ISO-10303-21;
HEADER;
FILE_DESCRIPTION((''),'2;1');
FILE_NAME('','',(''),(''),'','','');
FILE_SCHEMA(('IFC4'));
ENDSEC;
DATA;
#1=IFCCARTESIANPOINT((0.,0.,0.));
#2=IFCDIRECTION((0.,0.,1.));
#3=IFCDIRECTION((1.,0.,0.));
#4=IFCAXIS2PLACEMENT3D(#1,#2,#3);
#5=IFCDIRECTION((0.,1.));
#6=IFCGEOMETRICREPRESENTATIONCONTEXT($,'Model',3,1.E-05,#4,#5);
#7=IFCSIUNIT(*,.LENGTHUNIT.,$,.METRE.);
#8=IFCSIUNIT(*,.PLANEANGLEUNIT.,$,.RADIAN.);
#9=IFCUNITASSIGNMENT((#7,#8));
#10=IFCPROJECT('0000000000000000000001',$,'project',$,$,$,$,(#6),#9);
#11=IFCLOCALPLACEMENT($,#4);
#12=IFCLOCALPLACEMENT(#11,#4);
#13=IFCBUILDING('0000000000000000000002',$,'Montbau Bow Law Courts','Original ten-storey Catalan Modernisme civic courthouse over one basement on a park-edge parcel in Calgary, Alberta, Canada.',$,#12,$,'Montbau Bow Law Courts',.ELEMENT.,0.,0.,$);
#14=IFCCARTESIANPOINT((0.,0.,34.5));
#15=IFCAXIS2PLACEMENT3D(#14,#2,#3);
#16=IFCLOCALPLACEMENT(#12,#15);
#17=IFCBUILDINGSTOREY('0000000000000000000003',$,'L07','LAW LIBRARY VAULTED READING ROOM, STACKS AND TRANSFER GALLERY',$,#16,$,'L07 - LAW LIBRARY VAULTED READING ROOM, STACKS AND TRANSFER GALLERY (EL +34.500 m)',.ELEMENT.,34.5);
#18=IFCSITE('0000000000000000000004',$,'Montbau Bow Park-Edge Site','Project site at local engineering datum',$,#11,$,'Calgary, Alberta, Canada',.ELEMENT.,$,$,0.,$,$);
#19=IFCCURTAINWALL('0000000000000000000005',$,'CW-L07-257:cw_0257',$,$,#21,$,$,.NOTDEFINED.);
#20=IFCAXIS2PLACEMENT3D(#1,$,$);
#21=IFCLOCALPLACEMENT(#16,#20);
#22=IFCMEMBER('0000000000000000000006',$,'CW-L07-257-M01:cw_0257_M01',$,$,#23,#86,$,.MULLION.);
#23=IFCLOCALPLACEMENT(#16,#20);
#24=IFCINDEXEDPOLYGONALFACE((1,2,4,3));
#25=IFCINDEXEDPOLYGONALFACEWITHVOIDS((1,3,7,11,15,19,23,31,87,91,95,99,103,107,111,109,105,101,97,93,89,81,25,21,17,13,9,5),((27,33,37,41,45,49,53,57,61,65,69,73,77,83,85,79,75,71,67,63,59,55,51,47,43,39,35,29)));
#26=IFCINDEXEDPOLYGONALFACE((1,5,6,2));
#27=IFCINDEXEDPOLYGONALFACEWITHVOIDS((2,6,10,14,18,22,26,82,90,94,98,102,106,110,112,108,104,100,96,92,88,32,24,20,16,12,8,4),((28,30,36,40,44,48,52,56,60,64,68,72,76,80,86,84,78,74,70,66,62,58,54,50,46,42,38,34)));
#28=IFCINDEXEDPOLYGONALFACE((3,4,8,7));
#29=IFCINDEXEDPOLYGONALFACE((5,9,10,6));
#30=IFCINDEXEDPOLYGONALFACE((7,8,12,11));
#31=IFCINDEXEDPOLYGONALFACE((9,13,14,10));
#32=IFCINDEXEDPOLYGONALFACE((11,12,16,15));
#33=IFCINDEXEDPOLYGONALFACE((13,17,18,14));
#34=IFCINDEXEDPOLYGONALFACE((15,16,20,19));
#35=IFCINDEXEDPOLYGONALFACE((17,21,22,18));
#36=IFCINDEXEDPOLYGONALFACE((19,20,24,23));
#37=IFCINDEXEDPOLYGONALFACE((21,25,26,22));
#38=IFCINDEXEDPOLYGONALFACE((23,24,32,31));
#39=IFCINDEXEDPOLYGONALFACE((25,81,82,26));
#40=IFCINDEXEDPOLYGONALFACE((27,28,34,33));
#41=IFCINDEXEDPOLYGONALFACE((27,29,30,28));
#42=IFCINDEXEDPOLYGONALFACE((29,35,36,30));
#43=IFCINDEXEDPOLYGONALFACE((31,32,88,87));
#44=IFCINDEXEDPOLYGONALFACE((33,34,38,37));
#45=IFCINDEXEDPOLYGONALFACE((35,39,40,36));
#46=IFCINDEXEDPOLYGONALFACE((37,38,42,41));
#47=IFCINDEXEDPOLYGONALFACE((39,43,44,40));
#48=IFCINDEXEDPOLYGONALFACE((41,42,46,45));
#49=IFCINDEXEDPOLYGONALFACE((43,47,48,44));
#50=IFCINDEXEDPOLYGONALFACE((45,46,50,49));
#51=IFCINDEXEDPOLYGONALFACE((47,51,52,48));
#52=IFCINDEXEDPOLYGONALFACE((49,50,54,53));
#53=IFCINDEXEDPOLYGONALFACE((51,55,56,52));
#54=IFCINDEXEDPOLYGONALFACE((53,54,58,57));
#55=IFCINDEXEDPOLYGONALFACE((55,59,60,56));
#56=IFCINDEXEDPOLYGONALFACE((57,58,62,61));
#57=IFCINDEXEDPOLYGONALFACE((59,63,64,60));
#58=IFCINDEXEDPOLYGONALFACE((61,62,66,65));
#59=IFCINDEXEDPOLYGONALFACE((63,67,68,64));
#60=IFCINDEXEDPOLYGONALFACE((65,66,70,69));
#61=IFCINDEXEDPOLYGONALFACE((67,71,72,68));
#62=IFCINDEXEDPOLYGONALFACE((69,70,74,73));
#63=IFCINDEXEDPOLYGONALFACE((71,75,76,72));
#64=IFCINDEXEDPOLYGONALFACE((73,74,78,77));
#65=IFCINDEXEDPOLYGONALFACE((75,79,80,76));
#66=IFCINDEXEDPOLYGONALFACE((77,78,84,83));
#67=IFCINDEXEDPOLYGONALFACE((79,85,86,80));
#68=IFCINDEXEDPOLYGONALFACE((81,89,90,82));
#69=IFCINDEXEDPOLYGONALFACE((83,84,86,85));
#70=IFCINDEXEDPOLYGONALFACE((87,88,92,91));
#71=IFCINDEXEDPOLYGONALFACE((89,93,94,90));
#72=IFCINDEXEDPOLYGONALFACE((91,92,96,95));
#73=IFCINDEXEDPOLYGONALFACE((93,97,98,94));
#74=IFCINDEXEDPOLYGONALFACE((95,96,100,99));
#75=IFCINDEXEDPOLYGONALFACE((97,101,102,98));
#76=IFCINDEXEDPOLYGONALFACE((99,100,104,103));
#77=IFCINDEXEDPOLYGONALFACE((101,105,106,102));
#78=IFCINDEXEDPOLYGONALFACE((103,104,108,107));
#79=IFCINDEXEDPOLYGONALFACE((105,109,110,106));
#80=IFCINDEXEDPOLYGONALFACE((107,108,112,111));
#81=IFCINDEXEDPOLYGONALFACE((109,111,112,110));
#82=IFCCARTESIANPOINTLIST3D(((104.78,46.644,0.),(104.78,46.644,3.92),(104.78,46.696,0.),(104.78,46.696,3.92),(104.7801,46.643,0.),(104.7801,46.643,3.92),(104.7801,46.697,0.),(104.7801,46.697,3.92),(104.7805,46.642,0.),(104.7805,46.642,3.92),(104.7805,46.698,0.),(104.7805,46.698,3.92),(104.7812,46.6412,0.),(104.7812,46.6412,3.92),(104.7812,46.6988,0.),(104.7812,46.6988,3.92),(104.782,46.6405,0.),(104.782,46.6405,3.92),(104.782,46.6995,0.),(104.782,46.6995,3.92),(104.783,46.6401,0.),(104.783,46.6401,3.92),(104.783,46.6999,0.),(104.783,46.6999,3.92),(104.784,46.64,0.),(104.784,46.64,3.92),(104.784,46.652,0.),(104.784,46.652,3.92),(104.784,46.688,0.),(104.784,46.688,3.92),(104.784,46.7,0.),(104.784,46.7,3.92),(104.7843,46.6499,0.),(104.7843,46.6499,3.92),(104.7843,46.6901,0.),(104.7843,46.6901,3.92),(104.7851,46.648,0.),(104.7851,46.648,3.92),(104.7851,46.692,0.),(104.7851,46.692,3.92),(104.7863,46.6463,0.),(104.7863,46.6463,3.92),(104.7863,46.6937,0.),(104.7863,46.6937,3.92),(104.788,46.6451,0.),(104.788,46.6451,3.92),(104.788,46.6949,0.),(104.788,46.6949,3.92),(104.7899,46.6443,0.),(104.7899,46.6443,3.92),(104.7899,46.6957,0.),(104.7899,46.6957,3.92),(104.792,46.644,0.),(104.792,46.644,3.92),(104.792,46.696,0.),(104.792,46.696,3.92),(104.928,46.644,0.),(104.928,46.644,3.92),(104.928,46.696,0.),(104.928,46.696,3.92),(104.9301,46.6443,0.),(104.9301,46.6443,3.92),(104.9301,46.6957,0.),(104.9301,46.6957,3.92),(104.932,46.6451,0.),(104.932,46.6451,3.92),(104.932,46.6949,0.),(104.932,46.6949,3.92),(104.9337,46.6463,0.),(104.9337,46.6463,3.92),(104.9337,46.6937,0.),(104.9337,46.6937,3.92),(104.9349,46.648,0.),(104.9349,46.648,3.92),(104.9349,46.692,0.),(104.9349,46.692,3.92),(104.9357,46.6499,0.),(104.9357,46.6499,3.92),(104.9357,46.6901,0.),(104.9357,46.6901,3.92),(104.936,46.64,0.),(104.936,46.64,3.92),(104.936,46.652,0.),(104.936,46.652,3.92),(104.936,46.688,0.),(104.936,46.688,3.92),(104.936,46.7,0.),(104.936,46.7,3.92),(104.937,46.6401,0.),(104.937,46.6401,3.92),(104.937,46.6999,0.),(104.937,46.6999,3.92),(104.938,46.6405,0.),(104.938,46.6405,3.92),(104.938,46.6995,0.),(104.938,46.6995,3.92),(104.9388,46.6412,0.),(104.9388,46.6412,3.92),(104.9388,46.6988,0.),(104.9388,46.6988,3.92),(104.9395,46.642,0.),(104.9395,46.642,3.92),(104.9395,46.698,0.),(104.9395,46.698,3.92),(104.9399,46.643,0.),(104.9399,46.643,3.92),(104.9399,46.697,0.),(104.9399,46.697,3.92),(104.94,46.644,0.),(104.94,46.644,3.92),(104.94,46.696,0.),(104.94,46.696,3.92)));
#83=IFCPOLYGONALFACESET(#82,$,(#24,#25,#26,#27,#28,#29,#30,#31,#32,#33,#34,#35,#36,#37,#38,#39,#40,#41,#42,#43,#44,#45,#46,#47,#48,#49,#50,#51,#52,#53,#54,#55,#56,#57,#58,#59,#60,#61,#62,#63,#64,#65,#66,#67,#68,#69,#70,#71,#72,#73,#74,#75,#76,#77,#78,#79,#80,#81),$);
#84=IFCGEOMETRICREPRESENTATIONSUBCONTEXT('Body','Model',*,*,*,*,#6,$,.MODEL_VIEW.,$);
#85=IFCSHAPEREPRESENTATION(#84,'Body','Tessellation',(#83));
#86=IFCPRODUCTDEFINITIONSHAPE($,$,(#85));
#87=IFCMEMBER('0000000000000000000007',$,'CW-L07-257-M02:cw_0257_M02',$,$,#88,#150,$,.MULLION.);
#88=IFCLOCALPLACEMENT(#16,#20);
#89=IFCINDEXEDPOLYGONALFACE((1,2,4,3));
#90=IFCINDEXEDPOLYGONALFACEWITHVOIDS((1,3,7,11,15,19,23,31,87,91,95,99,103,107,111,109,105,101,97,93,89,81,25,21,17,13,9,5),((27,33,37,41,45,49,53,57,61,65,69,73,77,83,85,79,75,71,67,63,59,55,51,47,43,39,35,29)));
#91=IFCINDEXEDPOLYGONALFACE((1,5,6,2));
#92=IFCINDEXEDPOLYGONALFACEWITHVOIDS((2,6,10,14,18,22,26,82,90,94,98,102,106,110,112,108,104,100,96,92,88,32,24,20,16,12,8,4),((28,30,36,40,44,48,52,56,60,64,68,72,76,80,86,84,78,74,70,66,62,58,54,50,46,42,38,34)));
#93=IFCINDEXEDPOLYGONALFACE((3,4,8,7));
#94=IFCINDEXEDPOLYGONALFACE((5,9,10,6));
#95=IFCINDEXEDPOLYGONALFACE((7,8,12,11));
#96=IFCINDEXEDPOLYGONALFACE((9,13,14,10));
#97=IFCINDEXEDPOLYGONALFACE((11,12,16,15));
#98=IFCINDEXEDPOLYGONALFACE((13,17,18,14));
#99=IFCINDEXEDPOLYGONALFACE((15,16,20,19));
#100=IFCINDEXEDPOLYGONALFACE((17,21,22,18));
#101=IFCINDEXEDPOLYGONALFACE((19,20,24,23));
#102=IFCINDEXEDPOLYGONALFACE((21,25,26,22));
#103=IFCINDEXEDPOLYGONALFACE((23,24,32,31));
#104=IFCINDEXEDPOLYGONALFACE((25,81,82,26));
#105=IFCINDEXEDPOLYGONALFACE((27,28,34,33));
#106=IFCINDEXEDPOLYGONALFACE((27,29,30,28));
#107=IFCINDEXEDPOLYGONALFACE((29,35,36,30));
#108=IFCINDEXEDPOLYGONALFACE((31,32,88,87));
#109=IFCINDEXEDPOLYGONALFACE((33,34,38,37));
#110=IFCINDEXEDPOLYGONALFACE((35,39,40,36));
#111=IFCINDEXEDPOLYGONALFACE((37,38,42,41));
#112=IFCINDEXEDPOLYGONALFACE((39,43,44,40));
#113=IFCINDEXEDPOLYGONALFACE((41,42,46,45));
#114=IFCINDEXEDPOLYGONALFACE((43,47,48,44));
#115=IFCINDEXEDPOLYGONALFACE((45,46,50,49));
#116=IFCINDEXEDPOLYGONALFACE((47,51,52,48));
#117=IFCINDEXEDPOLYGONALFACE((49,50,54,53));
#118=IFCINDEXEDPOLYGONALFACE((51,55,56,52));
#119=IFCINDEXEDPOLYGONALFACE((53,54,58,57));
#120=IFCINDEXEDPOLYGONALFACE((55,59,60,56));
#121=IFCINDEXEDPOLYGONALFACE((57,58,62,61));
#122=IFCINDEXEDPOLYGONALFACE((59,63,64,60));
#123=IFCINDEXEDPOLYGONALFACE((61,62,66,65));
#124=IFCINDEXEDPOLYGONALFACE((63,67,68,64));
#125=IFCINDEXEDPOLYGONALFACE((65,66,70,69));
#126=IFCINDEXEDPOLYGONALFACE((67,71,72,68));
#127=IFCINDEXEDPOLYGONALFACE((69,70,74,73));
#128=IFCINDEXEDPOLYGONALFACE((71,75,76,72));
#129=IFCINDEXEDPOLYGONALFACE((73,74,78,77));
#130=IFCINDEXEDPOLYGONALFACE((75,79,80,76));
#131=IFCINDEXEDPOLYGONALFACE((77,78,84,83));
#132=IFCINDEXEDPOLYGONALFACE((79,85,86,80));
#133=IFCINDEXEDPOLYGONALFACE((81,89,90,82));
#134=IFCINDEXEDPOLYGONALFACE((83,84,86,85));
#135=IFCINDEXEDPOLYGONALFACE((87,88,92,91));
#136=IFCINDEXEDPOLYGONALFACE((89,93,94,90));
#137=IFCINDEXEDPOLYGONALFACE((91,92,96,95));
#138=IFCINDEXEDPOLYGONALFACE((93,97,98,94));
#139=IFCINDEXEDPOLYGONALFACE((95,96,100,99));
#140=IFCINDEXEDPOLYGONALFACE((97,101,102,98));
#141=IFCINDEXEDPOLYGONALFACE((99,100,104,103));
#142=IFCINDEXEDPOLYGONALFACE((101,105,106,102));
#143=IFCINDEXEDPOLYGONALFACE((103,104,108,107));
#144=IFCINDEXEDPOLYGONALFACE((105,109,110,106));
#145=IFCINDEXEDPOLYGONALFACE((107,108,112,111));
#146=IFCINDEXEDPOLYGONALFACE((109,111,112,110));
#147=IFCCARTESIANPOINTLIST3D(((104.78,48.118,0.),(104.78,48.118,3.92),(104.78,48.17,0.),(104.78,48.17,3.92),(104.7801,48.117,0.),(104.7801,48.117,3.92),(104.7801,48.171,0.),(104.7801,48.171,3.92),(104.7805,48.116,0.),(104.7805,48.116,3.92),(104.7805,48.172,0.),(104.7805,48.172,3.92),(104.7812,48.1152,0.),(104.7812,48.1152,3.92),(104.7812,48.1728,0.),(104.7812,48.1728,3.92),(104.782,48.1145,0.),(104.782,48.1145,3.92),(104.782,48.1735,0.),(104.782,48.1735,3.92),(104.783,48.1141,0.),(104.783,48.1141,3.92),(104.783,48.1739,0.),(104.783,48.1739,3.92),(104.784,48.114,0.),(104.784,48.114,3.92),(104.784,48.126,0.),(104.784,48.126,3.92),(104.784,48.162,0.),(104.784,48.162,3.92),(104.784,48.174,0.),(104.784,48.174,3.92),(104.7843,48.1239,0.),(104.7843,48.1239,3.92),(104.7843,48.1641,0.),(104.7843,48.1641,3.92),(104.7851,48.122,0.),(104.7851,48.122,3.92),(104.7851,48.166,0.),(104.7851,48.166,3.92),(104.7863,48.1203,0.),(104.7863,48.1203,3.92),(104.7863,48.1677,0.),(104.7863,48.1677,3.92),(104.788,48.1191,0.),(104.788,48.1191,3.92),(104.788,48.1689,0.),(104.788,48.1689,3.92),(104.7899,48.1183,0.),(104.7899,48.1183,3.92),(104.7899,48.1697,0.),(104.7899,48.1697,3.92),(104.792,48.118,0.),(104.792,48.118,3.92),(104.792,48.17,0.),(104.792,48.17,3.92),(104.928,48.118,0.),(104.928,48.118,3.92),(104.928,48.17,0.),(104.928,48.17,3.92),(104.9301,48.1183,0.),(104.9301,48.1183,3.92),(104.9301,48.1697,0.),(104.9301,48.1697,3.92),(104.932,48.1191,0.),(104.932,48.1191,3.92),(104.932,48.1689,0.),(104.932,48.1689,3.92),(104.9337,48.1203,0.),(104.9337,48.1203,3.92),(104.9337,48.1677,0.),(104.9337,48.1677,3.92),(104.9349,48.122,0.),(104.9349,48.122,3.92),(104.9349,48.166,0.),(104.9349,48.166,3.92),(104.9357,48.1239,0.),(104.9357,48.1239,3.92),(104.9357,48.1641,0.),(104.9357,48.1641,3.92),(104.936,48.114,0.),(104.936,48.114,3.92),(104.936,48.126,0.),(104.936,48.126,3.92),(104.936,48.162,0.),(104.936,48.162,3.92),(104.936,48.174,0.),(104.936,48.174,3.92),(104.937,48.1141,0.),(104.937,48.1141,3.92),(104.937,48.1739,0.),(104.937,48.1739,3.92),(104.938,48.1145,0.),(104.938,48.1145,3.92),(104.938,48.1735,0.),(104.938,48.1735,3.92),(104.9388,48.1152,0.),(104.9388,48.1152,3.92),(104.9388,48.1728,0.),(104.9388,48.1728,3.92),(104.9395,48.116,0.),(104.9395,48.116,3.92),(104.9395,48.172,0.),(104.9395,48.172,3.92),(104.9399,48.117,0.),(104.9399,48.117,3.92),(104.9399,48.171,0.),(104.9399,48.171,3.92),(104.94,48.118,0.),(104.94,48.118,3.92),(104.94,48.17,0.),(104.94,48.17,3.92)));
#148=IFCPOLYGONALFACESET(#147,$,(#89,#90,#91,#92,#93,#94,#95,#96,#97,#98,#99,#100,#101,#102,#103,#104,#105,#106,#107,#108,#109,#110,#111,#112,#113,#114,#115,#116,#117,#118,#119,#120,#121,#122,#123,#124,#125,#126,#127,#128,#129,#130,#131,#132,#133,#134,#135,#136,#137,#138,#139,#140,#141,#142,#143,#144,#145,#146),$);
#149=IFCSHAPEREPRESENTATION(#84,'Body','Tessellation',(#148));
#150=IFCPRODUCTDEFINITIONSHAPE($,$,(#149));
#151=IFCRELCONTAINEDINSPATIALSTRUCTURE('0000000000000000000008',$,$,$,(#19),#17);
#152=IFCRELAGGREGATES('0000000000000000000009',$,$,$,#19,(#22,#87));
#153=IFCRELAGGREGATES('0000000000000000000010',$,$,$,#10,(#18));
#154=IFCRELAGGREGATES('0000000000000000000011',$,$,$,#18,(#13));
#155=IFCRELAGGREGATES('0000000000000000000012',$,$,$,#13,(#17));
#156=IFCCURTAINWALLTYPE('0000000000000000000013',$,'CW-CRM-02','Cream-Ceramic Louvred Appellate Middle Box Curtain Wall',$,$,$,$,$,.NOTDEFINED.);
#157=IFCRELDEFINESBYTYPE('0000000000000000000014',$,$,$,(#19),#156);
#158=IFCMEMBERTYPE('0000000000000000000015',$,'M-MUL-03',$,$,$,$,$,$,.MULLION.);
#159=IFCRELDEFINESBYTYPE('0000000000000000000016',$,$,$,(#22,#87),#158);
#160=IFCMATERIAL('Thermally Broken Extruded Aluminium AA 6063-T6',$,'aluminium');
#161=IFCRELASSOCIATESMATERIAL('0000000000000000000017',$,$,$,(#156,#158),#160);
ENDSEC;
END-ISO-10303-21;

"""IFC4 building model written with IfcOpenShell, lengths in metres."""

from ifc_helpers import new_model, si_unit, direction, frame, origin_with_axes, origin_2d_with_axis, place, context, subcontext, project, spatial, hollow_rectangle, extrude, material, material_profile, profile_set, type_object, element, aggregate, save


model = new_model("IFC4")

# Units and contexts
model_context = context("Model", 3, precision=1e-05, world=origin_with_axes(), true_north=direction((0.0, 1.0)))
body_context = subcontext(model_context, "Body", "Model", "MODEL_VIEW")
ifc_project = project(units=[si_unit("LENGTHUNIT", "METRE"), si_unit("PLANEANGLEUNIT", "RADIAN")], contexts=[model_context])

# Site, building, storey
site_placement = place(None, origin_with_axes())
site = spatial("IfcSite", under=ifc_project, at=site_placement, Name="Montbau Bow Park-Edge Site", Description="Project site at local engineering datum", LongName="Calgary, Alberta, Canada", CompositionType="ELEMENT", RefElevation=0.0)
building_placement = place(site_placement, origin_with_axes())
building = spatial("IfcBuilding", under=site, at=building_placement, Name="Montbau Bow Law Courts", Description="Original ten-storey Catalan Modernisme civic courthouse over one basement on a park-edge parcel in Calgary, Alberta, Canada.", LongName="Montbau Bow Law Courts", CompositionType="ELEMENT", ElevationOfRefHeight=0.0, ElevationOfTerrain=0.0)
storey_placement = place(building_placement, frame((0.0, 0.0, 34.5), z_axis=(0.0, 0.0, 1.0), x_axis=(1.0, 0.0, 0.0)))
storey = spatial("IfcBuildingStorey", under=building, at=storey_placement, Name="L07", Description="LAW LIBRARY VAULTED READING ROOM, STACKS AND TRANSFER GALLERY", LongName="L07 - LAW LIBRARY VAULTED READING ROOM, STACKS AND TRANSFER GALLERY (EL +34.500 m)", CompositionType="ELEMENT", Elevation=34.5)

# Curtain wall, members
ifc_material_1 = material(Name="Thermally Broken Extruded Aluminium AA 6063-T6", Category="aluminium")
curtain_wall_type = type_object("IfcCurtainWallType", Name="CW-CRM-02", Description="Cream-Ceramic Louvred Appellate Middle Box Curtain Wall", PredefinedType="NOTDEFINED", material=ifc_material_1)
curtain_wall_1_placement = place(None, frame((104.86, 46.64, 34.5), z_axis=(0.0, 0.0, 1.0), x_axis=(1.0, 0.0, 0.0)))
curtain_wall_1 = element("IfcCurtainWall", 1, at=curtain_wall_1_placement, inside=storey, type_object=curtain_wall_type, Name="CW-L07-257:cw_0257", PredefinedType="NOTDEFINED")
ifc_material_profile_1 = material_profile(ifc_material_1, hollow_rectangle(XDim=0.06, YDim=0.16, WallThickness=0.004, InnerFilletRadius=0.008, OuterFilletRadius=0.004, at=origin_2d_with_axis()), Name="CWM-160X60", Category="Main", Priority=0)
ifc_profile_set_1 = profile_set([ifc_material_profile_1], Name="Thermally Broken Extruded Aluminium AA 6063-T6")
member_type_1 = type_object("IfcMemberType", Name="M-MUL-03", PredefinedType="MULLION", material=ifc_profile_set_1)
member_1_placement = place(None, frame((104.86, 46.67, 34.5), z_axis=(0.0, 0.0, 1.0), x_axis=(0.0, 1.0, 0.0)))
member_1 = element("IfcMember", 2, at=member_1_placement, type_object=member_type_1, Name="CW-L07-257-M01:cw_0257_M01", PredefinedType="MULLION", context=body_context, shape_type="SweptSolid", body=[
    extrude(hollow_rectangle(XDim=0.06, YDim=0.16, WallThickness=0.004, InnerFilletRadius=0.008, OuterFilletRadius=0.004, at=origin_2d_with_axis()), origin_with_axes(), (0.0, 0.0, 1.0), 3.92),
])
member_2_placement = place(None, frame((104.86, 48.144, 34.5), z_axis=(0.0, 0.0, 1.0), x_axis=(0.0, 1.0, 0.0)))
member_2 = element("IfcMember", 3, at=member_2_placement, type_object=member_type_1, Name="CW-L07-257-M02:cw_0257_M02", PredefinedType="MULLION", context=body_context, shape_type="SweptSolid", body=[
    extrude(hollow_rectangle(XDim=0.06, YDim=0.16, WallThickness=0.004, InnerFilletRadius=0.008, OuterFilletRadius=0.004, at=origin_2d_with_axis()), origin_with_axes(), (0.0, 0.0, 1.0), 3.92),
])

aggregate(curtain_wall_1, [member_1, member_2])

save(model, "model.ifc")
